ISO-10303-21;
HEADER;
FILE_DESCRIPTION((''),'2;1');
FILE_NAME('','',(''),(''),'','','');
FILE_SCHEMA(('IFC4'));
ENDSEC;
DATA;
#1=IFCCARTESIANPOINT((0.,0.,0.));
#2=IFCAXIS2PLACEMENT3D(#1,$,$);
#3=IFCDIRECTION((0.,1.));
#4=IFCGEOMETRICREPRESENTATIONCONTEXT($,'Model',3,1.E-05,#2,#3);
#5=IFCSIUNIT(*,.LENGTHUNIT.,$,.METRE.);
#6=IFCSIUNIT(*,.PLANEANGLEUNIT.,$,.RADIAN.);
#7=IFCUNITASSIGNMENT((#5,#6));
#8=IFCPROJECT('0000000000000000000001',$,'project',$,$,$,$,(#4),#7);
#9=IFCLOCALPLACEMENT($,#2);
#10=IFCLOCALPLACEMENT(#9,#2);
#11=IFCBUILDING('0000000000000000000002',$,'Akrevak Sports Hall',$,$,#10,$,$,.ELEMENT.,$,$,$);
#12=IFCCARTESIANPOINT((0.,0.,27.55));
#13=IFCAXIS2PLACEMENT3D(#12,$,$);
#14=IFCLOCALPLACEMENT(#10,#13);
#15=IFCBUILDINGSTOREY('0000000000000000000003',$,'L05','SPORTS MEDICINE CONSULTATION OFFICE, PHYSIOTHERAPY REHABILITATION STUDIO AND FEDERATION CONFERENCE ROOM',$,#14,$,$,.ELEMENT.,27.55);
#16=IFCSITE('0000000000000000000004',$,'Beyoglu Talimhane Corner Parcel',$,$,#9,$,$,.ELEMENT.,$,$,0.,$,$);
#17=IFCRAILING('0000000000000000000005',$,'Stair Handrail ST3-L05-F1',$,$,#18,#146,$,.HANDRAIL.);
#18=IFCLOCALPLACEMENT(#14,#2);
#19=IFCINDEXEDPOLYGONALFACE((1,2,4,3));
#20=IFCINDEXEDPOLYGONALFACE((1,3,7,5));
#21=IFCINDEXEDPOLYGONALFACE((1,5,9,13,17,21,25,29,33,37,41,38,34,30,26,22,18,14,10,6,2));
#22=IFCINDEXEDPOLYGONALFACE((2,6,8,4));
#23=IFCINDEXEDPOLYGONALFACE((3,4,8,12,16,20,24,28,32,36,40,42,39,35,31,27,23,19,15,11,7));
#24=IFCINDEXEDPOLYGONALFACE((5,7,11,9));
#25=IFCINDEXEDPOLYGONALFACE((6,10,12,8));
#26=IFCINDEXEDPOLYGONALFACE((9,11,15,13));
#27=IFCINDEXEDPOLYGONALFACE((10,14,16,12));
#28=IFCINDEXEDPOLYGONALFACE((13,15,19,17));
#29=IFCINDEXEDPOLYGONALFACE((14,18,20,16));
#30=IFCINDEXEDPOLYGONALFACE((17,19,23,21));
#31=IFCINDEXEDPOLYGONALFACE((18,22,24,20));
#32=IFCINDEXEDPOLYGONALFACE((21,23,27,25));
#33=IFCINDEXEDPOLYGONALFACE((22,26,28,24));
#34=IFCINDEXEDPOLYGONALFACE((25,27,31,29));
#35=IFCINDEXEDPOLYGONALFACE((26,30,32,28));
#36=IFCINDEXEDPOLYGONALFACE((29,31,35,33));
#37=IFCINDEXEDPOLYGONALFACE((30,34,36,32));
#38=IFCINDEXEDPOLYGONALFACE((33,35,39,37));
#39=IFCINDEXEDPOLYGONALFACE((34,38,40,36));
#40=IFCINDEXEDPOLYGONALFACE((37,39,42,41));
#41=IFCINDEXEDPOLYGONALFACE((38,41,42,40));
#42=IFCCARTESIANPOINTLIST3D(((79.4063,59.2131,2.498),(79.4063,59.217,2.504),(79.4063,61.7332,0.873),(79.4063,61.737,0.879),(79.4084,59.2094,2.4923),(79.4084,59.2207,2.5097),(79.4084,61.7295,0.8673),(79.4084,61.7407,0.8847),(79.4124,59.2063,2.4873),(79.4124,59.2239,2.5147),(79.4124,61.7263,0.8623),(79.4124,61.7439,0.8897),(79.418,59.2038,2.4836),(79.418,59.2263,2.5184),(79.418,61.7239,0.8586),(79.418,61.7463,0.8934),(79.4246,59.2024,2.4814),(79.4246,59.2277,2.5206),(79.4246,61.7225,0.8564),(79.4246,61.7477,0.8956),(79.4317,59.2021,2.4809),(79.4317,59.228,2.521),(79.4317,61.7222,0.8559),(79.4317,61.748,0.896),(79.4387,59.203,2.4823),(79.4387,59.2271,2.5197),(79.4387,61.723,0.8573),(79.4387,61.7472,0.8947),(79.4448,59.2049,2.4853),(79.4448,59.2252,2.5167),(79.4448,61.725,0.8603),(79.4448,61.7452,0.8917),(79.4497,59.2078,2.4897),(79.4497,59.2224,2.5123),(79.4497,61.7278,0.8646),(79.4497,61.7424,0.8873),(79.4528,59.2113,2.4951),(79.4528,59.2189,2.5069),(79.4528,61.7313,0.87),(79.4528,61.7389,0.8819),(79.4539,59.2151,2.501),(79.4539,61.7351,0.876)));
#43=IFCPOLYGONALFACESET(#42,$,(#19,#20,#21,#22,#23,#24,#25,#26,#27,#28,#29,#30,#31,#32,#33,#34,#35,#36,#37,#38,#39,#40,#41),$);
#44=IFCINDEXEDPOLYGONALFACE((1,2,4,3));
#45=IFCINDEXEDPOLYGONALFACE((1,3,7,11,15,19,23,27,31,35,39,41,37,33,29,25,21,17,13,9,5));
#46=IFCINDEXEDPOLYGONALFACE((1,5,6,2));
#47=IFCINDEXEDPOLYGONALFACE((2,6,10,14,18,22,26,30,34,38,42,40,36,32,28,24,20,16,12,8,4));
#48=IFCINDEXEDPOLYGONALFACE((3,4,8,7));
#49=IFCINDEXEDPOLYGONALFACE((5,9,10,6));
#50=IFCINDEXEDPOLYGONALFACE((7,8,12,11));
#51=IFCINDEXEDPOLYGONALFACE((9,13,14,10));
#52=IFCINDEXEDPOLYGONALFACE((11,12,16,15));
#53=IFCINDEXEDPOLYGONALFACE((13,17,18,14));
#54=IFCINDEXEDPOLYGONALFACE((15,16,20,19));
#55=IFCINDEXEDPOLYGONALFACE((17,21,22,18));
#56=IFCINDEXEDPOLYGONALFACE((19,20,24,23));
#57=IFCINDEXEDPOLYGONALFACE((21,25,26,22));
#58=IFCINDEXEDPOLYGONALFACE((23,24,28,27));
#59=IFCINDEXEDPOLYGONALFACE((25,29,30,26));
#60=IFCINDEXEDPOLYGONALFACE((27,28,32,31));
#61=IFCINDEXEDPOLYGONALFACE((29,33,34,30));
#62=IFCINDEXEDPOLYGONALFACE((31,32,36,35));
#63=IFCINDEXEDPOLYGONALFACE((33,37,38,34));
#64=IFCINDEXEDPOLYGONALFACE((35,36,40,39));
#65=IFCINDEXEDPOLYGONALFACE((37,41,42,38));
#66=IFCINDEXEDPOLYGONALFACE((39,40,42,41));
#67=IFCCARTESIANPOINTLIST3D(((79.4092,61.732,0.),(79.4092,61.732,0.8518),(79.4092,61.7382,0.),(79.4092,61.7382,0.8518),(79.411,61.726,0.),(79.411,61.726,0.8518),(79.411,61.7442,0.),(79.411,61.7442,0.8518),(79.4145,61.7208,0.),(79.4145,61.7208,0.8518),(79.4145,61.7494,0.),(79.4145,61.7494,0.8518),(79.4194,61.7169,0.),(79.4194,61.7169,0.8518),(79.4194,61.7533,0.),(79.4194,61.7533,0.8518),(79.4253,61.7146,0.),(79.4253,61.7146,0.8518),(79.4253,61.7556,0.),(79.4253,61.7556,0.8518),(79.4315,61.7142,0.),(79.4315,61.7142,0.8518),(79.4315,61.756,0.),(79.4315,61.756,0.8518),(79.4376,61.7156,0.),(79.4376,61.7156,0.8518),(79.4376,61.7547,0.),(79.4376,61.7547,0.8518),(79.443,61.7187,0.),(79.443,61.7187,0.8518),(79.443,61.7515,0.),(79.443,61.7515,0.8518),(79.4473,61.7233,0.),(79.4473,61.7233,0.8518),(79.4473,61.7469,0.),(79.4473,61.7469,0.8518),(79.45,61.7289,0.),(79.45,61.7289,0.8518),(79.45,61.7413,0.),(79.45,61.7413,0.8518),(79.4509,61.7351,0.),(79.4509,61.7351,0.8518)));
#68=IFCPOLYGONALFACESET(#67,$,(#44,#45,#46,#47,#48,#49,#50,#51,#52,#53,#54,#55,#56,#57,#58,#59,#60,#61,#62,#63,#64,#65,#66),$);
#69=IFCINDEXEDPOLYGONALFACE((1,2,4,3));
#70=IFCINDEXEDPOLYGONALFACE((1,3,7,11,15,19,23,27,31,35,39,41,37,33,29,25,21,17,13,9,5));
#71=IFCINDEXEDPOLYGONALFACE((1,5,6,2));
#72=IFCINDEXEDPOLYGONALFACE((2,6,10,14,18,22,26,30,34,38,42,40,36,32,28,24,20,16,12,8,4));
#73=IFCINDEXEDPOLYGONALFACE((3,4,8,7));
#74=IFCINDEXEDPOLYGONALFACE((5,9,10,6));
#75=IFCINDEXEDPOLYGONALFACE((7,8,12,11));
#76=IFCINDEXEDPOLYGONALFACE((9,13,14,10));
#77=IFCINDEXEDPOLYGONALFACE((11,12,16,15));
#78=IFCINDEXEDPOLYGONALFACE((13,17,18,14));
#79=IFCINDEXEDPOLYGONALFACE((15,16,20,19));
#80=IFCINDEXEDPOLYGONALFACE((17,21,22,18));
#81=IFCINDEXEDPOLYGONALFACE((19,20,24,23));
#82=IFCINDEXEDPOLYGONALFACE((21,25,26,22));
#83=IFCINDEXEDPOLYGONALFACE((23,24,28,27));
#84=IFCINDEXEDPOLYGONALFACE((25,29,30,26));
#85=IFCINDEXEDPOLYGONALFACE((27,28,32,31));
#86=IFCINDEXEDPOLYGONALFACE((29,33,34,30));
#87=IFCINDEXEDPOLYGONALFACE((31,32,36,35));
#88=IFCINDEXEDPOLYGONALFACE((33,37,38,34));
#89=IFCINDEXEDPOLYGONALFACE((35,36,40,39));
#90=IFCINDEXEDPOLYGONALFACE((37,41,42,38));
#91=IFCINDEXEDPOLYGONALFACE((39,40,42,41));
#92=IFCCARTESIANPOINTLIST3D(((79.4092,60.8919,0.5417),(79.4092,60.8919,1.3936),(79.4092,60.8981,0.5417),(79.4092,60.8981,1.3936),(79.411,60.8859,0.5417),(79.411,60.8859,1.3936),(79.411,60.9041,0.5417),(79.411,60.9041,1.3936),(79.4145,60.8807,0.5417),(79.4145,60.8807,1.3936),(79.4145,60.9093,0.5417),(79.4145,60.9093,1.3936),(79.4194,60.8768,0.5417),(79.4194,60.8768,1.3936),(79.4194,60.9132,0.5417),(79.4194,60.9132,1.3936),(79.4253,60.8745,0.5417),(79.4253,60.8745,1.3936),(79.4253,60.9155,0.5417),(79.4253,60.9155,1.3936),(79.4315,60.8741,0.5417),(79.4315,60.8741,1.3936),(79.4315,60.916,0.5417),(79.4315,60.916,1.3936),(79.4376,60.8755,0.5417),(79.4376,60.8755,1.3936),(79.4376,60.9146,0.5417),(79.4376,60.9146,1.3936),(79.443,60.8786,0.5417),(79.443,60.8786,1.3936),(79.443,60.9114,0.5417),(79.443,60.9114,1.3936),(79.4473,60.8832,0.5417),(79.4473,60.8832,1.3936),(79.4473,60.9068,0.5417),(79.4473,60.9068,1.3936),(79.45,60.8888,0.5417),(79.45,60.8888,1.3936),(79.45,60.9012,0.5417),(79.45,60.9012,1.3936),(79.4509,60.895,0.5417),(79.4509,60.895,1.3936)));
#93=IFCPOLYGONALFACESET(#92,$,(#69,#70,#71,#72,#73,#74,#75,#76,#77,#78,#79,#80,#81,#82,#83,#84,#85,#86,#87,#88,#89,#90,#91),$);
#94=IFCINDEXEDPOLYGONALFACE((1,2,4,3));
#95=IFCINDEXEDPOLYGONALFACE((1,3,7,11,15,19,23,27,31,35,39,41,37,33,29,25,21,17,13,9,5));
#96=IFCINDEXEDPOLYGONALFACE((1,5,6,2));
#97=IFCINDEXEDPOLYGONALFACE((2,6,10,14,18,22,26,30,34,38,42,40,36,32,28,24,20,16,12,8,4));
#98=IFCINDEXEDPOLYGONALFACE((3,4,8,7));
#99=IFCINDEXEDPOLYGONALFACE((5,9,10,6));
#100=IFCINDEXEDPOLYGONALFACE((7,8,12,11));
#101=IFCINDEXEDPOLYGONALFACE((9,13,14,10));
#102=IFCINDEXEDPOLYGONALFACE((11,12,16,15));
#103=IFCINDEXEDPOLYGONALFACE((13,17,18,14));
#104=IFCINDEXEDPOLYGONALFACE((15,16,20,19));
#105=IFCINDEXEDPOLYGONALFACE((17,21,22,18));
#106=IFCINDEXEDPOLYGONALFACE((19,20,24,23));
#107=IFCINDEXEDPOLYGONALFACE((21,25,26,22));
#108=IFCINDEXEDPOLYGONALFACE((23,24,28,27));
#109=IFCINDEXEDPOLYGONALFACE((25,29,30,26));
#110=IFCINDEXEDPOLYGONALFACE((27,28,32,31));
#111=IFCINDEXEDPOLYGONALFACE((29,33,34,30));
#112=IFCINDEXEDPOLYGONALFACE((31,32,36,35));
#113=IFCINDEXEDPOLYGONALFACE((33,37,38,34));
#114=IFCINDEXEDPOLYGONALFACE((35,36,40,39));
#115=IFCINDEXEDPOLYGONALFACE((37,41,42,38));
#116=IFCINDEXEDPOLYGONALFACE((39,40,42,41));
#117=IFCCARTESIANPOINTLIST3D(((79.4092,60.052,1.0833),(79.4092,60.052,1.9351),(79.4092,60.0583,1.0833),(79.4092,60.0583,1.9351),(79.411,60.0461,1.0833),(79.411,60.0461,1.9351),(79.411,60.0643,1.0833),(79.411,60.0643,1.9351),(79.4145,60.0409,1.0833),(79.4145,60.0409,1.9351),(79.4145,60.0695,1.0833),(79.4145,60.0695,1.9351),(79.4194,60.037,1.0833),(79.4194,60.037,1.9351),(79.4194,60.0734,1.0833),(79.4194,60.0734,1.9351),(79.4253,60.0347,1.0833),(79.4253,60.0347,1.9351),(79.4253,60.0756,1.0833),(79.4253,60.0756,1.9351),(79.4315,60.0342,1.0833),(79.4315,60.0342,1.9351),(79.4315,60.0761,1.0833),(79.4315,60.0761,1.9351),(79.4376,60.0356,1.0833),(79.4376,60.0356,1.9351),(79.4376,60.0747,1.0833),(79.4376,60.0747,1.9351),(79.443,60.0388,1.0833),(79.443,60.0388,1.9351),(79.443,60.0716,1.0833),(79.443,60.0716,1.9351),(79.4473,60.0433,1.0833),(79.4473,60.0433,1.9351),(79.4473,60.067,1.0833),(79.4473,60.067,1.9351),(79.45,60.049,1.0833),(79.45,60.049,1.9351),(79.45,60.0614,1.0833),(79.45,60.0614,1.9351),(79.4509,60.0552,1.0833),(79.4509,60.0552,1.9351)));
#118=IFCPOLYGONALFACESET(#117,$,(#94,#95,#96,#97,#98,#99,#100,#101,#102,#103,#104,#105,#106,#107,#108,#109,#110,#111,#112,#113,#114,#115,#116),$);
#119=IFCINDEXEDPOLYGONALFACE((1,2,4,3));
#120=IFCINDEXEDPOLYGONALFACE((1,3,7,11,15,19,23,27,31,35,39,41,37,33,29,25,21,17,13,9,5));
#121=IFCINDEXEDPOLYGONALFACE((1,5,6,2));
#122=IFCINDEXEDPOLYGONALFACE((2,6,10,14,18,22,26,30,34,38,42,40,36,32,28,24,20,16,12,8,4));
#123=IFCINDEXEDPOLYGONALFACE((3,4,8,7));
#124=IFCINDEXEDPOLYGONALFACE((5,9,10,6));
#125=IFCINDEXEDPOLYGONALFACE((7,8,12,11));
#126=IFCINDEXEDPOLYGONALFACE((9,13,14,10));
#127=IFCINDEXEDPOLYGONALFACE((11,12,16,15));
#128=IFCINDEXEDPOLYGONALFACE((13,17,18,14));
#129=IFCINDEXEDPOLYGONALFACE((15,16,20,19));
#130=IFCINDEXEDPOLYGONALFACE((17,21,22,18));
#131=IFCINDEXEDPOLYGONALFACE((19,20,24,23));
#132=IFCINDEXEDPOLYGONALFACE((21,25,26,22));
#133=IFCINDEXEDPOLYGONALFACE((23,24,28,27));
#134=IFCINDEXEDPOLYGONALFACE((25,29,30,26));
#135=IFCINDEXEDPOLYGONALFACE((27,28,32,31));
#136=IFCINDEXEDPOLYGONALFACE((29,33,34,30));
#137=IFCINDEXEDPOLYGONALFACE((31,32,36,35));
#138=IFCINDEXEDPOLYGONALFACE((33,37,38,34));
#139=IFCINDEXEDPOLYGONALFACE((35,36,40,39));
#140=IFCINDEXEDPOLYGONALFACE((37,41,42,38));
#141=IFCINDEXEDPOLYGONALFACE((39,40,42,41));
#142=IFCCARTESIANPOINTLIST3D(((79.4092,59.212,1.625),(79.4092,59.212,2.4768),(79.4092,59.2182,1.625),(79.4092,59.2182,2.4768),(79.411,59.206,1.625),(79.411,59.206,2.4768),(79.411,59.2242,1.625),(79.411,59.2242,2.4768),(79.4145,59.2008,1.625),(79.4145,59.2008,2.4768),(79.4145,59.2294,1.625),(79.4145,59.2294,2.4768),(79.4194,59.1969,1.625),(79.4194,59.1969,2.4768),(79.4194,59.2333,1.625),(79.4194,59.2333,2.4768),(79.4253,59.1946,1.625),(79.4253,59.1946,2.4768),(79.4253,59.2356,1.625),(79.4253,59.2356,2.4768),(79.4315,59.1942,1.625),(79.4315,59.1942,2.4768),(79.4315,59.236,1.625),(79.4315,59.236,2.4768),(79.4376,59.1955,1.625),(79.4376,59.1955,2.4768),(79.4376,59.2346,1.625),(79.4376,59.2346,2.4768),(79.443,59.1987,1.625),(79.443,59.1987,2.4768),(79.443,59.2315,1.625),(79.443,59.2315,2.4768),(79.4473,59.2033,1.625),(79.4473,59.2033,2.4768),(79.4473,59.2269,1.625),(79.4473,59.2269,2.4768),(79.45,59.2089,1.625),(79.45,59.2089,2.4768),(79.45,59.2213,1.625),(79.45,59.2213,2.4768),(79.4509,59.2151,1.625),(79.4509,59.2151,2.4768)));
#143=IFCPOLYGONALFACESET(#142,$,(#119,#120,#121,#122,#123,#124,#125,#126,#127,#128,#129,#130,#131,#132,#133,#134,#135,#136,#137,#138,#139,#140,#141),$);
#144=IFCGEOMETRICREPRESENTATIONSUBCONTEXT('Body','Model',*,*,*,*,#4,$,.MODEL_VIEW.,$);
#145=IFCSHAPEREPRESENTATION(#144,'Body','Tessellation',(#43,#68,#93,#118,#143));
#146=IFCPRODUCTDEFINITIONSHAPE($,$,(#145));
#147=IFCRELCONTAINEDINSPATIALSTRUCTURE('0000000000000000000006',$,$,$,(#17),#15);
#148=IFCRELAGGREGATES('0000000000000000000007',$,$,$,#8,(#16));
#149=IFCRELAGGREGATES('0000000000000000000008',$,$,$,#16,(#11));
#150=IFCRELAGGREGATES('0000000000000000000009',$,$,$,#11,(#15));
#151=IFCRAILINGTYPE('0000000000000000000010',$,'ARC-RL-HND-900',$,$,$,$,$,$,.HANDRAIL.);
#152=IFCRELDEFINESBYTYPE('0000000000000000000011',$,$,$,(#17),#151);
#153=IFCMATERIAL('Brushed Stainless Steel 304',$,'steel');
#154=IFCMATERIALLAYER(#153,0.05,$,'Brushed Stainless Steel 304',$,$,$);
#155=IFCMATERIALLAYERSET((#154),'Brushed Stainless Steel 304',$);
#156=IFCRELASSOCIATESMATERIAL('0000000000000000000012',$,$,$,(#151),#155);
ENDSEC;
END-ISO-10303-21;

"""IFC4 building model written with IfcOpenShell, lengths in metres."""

from ifc_helpers import new_model, si_unit, direction, frame, origin, origin_2d, place, context, subcontext, project, spatial, circle, extrude, material, layer, layer_set, type_object, element, save


model = new_model("IFC4")

# Units and contexts
model_context = context("Model", 3, precision=1e-05, world=origin(), true_north=direction((0.0, 1.0)))
body_context = subcontext(model_context, "Body", "Model", "MODEL_VIEW")
ifc_project = project(units=[si_unit("LENGTHUNIT", "METRE"), si_unit("PLANEANGLEUNIT", "RADIAN")], contexts=[model_context])

# Site, building, storey
site_placement = place(None, origin())
site = spatial("IfcSite", under=ifc_project, at=site_placement, Name="Beyoglu Talimhane Corner Parcel", CompositionType="ELEMENT", RefElevation=0.0)
building_placement = place(site_placement, origin())
building = spatial("IfcBuilding", under=site, at=building_placement, Name="Akrevak Sports Hall", CompositionType="ELEMENT")
storey_placement = place(building_placement, frame((0.0, 0.0, 27.55)))
storey = spatial("IfcBuildingStorey", under=building, at=storey_placement, Name="L05", Description="SPORTS MEDICINE CONSULTATION OFFICE, PHYSIOTHERAPY REHABILITATION STUDIO AND FEDERATION CONFERENCE ROOM", CompositionType="ELEMENT", Elevation=27.55)

# Railing
ifc_material_1 = material(Name="Brushed Stainless Steel 304", Category="steel")
ifc_layer_1 = layer(ifc_material_1, 0.05, Name="Brushed Stainless Steel 304")
ifc_layer_set_1 = layer_set([ifc_layer_1], Name="Brushed Stainless Steel 304")
railing_type_1 = type_object("IfcRailingType", Name="ARC-RL-HND-900", PredefinedType="HANDRAIL", material=ifc_layer_set_1)
railing_1_placement = place(storey_placement, frame((79.4299, 61.7351, 0.0)))
element("IfcRailing", 1, at=railing_1_placement, inside=storey, type_object=railing_type_1, Name="Stair Handrail ST3-L05-F1", PredefinedType="HANDRAIL", context=body_context, shape_type="SweptSolid", body=[
    extrude(circle(Radius=0.0239, at=origin_2d()), frame((0.0, 0.0, 0.876), z_axis=(0.0, -0.840421, 0.541934), x_axis=(1.0, 0.0, 0.0)), (0.0, 0.0, 1.0), 2.9985),
    extrude(circle(Radius=0.021, at=origin_2d()), origin(), (0.0, 0.0, 1.0), 0.8518),
    extrude(circle(Radius=0.021, at=origin_2d()), frame((0.0, -0.8401, 0.5417)), (0.0, 0.0, 1.0), 0.8518),
    extrude(circle(Radius=0.021, at=origin_2d()), frame((0.0, -1.6799, 1.0833)), (0.0, 0.0, 1.0), 0.8518),
    extrude(circle(Radius=0.021, at=origin_2d()), frame((0.0, -2.52, 1.625)), (0.0, 0.0, 1.0), 0.8518),
])

save(model, "model.ifc")
